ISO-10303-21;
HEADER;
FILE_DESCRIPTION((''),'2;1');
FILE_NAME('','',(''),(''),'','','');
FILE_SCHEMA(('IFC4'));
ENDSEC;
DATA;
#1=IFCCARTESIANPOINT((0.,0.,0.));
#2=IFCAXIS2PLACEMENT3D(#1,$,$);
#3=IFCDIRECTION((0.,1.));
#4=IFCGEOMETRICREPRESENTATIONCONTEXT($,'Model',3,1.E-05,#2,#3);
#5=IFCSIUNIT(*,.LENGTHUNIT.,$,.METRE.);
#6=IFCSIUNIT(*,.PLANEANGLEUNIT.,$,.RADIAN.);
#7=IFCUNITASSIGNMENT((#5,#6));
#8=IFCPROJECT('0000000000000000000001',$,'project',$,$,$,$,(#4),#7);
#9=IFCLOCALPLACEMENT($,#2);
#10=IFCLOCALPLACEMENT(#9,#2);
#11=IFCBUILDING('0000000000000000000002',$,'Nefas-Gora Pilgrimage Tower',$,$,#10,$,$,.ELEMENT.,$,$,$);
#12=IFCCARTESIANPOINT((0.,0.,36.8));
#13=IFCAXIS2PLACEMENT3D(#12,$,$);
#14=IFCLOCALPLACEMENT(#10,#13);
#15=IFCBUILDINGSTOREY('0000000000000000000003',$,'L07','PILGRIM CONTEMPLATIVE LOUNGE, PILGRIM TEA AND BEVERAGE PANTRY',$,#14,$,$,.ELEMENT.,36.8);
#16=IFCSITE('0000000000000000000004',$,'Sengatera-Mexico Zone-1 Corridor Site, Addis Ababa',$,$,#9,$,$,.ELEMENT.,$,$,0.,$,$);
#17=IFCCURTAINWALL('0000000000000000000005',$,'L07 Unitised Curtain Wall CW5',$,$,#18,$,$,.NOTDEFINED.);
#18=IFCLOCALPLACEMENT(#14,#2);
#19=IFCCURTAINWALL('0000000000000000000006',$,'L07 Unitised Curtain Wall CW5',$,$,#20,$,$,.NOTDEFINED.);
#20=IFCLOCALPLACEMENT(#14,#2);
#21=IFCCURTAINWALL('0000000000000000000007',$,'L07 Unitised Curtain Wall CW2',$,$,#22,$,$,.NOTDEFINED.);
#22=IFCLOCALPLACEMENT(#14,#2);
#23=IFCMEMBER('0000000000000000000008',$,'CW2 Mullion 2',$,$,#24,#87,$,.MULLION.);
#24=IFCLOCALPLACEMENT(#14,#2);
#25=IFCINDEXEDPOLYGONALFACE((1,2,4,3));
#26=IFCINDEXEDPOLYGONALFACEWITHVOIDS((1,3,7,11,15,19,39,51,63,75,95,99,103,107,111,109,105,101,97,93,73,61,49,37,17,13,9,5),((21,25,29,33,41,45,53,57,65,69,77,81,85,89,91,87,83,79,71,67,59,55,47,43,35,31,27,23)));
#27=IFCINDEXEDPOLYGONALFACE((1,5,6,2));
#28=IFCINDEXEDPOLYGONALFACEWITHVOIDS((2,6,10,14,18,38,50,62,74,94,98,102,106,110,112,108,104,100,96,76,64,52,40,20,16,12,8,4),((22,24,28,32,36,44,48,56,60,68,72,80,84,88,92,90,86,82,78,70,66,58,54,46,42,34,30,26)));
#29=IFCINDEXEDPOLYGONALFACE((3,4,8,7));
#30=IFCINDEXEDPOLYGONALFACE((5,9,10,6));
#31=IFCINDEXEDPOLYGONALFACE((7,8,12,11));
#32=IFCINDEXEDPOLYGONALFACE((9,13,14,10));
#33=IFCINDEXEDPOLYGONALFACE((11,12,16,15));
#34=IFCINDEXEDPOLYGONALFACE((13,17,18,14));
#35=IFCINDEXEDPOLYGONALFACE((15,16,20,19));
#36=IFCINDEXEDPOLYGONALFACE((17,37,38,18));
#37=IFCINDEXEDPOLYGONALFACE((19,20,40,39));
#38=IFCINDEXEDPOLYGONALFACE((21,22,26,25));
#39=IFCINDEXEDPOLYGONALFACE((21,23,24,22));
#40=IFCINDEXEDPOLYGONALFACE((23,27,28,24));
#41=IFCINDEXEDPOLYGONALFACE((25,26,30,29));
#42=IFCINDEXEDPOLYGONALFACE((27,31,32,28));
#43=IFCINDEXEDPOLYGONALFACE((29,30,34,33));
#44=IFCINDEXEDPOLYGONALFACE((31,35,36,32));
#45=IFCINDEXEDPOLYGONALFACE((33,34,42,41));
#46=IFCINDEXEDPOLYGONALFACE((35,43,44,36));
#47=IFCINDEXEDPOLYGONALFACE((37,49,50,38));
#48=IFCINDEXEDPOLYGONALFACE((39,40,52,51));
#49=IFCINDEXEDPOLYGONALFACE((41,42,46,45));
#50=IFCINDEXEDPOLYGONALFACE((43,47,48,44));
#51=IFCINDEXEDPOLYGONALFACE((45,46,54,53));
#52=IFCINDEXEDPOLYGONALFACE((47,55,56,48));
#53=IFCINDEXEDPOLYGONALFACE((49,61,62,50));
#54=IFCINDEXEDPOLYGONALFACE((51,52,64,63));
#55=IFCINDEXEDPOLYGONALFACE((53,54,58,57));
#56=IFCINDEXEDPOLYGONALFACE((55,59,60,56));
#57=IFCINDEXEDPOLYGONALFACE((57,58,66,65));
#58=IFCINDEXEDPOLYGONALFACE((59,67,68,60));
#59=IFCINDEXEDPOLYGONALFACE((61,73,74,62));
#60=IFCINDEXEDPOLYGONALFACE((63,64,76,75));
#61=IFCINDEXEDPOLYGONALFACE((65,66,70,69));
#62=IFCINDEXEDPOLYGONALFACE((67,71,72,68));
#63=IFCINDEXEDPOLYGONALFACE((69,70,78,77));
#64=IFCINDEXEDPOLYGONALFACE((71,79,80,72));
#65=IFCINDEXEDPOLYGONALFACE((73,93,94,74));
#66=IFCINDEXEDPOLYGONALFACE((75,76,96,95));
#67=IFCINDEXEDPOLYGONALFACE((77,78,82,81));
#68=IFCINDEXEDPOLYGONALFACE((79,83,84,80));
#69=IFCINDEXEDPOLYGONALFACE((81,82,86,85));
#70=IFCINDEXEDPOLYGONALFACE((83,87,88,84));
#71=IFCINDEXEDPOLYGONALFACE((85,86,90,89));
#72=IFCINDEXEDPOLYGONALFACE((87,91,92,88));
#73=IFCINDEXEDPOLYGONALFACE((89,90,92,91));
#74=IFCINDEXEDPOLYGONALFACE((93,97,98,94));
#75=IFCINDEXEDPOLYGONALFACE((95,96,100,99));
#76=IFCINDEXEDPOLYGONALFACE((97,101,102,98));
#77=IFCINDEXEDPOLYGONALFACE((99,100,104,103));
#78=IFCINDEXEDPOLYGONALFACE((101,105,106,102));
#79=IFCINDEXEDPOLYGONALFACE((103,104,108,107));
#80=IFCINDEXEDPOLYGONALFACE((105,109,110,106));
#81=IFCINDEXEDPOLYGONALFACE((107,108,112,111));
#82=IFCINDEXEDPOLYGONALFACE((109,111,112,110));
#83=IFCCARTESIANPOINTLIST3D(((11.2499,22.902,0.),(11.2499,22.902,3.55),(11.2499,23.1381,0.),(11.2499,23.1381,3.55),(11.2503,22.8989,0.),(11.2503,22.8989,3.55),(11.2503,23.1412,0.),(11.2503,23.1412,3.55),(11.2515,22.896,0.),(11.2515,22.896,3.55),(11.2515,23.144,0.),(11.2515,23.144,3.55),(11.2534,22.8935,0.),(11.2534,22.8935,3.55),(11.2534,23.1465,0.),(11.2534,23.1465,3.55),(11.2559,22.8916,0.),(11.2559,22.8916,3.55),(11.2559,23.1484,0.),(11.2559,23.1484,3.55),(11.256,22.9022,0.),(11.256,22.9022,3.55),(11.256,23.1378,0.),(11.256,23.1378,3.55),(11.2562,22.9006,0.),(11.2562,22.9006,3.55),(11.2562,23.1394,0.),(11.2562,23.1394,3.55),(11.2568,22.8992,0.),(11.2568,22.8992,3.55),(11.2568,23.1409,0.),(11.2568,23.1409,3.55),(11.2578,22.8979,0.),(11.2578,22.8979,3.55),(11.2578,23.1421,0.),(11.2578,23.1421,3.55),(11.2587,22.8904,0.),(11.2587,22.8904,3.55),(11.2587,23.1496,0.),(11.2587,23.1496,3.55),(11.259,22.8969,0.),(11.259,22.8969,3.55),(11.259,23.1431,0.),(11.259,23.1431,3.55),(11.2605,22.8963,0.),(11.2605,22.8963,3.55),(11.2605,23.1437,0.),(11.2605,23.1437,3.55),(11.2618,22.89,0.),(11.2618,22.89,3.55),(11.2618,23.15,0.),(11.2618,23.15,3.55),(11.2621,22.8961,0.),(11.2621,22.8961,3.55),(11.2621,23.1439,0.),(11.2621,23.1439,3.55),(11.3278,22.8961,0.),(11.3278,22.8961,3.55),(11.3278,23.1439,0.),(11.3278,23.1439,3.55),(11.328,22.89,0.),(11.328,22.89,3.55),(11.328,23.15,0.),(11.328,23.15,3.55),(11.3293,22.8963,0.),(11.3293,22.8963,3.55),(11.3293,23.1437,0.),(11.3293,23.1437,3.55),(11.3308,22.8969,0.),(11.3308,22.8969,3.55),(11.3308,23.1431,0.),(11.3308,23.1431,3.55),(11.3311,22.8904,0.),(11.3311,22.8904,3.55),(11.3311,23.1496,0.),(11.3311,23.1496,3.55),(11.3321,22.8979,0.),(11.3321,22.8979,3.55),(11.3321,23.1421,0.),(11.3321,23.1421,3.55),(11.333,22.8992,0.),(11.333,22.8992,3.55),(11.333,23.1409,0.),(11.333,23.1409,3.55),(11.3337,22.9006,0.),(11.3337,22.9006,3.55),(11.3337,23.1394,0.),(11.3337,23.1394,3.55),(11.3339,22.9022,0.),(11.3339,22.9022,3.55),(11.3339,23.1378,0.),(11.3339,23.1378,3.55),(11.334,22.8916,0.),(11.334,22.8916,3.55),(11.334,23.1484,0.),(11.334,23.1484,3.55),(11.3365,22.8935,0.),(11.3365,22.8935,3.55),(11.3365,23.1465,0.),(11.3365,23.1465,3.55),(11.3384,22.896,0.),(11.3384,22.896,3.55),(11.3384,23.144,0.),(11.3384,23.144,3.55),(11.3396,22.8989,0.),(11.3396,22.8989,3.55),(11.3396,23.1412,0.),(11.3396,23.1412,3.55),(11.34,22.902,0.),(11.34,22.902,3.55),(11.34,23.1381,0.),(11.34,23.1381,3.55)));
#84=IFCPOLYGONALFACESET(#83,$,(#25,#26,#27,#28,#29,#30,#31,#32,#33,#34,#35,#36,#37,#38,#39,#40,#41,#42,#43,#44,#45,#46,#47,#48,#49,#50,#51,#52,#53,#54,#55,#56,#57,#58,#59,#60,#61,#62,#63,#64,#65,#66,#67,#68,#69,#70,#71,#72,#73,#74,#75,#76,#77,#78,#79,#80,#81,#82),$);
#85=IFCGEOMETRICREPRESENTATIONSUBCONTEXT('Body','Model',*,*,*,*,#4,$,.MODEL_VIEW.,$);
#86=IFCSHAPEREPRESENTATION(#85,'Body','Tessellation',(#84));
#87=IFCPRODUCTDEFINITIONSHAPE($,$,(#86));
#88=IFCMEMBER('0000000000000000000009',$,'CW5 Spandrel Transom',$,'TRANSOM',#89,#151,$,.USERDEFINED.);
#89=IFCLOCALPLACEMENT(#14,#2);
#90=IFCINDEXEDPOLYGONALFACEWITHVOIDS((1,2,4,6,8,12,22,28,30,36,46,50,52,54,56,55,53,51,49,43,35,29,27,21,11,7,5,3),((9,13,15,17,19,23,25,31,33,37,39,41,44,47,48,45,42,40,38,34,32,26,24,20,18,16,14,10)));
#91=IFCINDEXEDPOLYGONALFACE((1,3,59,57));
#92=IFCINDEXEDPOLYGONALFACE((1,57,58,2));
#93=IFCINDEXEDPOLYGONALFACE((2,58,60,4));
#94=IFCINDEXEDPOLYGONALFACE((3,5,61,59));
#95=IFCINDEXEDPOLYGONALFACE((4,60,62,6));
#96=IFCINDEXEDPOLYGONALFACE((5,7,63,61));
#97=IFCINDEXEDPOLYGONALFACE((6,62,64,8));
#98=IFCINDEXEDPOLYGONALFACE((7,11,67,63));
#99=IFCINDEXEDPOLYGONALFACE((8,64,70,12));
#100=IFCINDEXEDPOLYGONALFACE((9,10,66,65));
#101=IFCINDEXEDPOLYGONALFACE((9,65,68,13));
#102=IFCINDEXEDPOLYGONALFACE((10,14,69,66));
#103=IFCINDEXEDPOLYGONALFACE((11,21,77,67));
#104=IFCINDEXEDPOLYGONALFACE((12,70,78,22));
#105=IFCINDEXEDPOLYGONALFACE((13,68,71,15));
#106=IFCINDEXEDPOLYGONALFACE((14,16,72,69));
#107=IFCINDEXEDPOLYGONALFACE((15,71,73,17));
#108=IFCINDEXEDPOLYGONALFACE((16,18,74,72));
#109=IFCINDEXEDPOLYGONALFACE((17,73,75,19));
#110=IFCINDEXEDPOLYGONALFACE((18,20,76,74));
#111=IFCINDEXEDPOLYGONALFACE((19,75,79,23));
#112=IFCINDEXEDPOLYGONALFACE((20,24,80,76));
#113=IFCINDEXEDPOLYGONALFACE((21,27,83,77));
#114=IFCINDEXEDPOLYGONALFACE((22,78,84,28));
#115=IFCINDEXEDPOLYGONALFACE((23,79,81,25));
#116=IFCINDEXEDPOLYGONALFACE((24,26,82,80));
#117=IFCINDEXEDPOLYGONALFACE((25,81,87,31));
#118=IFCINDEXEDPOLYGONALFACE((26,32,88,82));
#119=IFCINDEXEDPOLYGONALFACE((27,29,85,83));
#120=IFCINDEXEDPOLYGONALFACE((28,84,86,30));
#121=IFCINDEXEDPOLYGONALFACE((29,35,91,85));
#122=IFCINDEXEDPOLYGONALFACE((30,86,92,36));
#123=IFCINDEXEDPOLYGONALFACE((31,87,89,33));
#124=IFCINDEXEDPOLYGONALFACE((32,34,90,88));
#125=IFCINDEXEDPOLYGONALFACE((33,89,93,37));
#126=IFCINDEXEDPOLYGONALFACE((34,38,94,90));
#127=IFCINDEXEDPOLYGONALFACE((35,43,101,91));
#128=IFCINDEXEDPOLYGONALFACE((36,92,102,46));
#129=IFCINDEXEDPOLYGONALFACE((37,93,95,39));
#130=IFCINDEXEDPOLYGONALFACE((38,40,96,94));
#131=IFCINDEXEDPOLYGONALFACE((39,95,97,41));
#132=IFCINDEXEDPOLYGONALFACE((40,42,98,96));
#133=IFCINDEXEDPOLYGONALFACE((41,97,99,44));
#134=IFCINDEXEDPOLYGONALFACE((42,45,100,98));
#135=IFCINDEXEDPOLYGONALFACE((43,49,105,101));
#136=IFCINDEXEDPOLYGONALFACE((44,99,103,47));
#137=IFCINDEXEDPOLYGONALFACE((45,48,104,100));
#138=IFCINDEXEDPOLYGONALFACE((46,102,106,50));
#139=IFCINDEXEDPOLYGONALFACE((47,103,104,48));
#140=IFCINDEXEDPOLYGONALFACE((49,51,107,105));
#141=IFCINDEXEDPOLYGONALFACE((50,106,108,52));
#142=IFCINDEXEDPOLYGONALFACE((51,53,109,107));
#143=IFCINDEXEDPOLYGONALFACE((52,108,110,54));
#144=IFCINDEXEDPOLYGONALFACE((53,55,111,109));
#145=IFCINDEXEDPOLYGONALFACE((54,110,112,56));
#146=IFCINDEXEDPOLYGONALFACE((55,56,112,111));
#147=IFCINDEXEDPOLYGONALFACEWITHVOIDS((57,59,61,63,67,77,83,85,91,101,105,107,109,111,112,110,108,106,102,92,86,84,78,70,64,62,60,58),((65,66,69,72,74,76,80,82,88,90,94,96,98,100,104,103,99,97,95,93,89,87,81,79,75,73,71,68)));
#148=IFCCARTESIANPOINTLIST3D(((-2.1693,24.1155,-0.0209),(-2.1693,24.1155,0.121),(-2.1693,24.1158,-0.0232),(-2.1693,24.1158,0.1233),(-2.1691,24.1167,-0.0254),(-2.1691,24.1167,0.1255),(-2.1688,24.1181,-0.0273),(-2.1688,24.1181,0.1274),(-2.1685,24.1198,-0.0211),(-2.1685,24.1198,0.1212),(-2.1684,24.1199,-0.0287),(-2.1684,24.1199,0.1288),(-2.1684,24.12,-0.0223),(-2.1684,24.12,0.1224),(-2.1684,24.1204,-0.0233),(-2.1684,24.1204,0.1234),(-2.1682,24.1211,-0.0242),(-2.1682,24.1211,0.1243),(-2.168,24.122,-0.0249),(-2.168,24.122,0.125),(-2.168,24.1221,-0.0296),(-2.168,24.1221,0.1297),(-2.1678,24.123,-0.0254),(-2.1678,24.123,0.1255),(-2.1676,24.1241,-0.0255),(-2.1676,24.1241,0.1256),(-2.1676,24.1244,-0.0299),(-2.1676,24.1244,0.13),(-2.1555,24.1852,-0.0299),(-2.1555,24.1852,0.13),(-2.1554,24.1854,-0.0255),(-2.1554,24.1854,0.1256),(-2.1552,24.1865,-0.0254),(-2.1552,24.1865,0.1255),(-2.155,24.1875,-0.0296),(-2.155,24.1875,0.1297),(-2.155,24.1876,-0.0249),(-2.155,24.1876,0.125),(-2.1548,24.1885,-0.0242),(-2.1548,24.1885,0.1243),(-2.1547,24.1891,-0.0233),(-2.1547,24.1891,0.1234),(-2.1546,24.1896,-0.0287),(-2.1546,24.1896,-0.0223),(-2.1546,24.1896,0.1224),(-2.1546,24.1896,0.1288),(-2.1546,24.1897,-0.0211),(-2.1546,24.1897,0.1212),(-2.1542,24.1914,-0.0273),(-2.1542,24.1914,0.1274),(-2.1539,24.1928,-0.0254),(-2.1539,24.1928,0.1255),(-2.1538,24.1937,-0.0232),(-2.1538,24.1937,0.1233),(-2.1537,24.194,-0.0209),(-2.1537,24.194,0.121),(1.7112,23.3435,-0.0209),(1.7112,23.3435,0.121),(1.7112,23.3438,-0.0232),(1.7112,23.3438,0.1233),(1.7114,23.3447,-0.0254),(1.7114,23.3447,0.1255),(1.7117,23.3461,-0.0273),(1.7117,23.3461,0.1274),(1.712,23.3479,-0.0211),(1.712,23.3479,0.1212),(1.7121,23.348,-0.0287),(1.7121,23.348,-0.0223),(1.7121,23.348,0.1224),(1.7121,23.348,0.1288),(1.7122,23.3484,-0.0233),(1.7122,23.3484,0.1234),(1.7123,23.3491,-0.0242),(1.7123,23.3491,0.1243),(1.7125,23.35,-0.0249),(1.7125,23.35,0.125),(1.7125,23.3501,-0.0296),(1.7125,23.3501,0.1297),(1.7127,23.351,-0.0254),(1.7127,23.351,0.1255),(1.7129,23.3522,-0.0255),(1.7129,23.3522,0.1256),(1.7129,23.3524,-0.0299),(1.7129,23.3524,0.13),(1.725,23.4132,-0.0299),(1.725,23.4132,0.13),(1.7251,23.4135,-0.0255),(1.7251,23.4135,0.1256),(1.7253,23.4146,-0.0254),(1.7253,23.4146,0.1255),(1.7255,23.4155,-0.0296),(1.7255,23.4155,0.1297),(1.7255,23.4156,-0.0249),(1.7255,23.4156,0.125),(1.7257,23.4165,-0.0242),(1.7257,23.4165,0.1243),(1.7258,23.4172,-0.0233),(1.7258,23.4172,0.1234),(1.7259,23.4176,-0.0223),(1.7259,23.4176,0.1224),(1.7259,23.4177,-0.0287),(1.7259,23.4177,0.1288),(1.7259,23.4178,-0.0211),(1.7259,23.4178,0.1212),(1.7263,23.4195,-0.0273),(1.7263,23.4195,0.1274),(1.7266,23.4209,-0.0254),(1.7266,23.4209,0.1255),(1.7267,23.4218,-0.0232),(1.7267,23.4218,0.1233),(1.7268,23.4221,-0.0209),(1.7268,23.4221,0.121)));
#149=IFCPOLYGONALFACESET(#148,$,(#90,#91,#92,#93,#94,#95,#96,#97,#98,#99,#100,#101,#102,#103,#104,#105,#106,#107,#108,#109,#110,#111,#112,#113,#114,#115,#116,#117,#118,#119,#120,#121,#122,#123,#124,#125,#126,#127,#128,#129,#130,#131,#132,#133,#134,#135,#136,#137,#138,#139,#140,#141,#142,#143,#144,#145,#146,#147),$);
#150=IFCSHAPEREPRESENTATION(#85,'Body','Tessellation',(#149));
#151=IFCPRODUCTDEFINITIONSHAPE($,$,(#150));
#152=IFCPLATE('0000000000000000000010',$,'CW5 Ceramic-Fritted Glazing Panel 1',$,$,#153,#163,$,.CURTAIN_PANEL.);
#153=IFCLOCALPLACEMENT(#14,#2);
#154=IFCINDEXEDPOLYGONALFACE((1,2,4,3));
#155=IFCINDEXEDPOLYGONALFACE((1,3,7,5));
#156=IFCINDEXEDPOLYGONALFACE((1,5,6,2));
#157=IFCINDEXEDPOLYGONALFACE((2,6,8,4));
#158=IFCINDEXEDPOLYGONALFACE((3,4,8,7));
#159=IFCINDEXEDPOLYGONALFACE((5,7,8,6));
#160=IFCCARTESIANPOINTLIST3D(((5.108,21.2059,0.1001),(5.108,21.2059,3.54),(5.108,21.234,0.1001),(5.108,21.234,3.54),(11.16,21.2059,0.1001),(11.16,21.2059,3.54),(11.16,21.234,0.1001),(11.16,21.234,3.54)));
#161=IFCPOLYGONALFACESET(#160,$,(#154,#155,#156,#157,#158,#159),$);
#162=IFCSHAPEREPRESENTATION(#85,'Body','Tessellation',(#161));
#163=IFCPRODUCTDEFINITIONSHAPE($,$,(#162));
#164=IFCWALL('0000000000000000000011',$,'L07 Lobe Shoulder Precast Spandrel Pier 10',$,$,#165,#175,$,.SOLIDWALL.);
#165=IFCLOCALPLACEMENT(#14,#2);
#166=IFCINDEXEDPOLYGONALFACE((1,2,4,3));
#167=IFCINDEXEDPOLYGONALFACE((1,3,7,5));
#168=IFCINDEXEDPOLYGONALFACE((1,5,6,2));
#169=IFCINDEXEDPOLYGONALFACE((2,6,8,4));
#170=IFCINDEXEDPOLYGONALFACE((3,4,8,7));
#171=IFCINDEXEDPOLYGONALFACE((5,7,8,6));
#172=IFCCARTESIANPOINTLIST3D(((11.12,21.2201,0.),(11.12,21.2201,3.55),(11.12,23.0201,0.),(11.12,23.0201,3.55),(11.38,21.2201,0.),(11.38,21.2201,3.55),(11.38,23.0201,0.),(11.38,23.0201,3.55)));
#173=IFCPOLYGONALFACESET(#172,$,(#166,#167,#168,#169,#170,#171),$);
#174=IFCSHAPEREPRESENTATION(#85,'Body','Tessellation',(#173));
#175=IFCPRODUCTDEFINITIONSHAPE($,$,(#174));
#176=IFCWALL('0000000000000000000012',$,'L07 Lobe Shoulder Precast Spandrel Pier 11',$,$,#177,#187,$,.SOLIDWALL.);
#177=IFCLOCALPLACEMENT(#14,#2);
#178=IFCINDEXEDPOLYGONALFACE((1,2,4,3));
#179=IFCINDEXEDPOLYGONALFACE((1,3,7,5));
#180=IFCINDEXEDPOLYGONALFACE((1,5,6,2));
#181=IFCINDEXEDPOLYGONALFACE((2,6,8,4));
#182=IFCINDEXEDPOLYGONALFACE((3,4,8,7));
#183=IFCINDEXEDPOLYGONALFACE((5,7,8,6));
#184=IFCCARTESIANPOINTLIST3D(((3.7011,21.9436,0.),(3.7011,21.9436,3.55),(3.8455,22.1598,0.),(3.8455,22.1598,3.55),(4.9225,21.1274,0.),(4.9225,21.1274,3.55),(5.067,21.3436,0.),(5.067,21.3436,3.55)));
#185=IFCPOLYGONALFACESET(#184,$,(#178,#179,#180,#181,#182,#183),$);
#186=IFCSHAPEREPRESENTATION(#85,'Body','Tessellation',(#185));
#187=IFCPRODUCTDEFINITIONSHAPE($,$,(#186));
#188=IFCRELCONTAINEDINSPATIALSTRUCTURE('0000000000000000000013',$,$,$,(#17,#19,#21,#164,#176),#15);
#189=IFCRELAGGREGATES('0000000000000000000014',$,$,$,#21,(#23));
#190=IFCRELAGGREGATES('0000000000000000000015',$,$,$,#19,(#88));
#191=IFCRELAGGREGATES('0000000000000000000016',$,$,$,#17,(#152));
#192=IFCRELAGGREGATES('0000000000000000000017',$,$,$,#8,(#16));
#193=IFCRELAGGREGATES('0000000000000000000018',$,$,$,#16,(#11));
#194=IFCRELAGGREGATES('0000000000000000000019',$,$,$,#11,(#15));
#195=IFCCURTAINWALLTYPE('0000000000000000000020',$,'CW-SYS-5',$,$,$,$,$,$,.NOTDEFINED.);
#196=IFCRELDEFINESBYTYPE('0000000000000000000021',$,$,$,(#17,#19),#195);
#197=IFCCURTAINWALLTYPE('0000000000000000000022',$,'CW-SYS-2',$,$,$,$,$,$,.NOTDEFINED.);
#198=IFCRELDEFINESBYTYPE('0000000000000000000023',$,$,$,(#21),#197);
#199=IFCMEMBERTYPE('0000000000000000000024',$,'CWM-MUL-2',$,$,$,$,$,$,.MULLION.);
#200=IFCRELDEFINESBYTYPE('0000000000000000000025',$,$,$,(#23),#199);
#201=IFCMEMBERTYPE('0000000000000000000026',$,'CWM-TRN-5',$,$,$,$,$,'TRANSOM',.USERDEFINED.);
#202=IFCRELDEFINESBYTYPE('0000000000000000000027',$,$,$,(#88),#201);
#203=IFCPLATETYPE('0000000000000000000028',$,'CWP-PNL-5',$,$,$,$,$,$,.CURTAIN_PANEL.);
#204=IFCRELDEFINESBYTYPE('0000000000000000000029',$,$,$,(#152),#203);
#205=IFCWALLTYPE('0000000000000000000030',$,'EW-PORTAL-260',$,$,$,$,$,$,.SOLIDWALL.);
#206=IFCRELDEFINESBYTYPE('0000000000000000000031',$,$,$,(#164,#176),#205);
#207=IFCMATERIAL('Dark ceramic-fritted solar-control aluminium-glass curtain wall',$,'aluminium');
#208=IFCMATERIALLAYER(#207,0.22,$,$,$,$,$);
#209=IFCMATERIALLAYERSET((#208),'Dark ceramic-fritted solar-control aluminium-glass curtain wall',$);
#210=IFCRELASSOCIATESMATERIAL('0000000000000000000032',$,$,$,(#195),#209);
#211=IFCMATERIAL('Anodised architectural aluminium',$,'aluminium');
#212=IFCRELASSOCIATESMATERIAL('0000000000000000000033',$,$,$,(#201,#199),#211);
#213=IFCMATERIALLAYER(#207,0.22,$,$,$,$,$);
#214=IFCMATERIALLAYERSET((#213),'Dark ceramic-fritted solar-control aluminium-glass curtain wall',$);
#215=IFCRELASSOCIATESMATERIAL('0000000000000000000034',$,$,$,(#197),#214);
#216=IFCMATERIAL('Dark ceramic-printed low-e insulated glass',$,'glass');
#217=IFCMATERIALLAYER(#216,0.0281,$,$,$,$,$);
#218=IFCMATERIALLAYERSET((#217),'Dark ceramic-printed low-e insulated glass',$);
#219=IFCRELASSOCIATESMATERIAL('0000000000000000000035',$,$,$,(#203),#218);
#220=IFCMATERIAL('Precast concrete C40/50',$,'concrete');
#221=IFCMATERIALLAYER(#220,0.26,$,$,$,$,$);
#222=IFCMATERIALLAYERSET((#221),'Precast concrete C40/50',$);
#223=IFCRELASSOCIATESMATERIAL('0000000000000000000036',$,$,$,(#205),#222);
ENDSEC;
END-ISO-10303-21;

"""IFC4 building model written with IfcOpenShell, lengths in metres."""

from ifc_helpers import new_model, si_unit, direction, frame, frame_2d, origin, origin_2d, place, context, subcontext, project, spatial, rectangle, hollow_rectangle, extrude, source, transform, mapped, material, layer, layer_set, material_profile, profile_set, type_object, element, aggregate, save


model = new_model("IFC4")

# Units and contexts
model_context = context("Model", 3, precision=1e-05, world=origin(), true_north=direction((0.0, 1.0)))
body_context = subcontext(model_context, "Body", "Model", "MODEL_VIEW")
ifc_project = project(units=[si_unit("LENGTHUNIT", "METRE"), si_unit("PLANEANGLEUNIT", "RADIAN")], contexts=[model_context])

# Site, building, storey
site_placement = place(None, origin())
site = spatial("IfcSite", under=ifc_project, at=site_placement, Name="Sengatera-Mexico Zone-1 Corridor Site, Addis Ababa", CompositionType="ELEMENT", RefElevation=0.0)
building_placement = place(site_placement, origin())
building = spatial("IfcBuilding", under=site, at=building_placement, Name="Nefas-Gora Pilgrimage Tower", CompositionType="ELEMENT")
storey_placement = place(building_placement, frame((0.0, 0.0, 36.8)))
storey = spatial("IfcBuildingStorey", under=building, at=storey_placement, Name="L07", Description="PILGRIM CONTEMPLATIVE LOUNGE, PILGRIM TEA AND BEVERAGE PANTRY", CompositionType="ELEMENT", Elevation=36.8)

# Curtain wall
ifc_material_1 = material(Name="Dark ceramic-fritted solar-control aluminium-glass curtain wall", Category="aluminium")
ifc_layer_1 = layer(ifc_material_1, 0.22)
ifc_layer_set_1 = layer_set([ifc_layer_1], Name="Dark ceramic-fritted solar-control aluminium-glass curtain wall")
curtain_wall_type_1 = type_object("IfcCurtainWallType", Name="CW-SYS-5", PredefinedType="NOTDEFINED", material=ifc_layer_set_1)
curtain_wall_1_placement = place(storey_placement, origin())
curtain_wall_1 = element("IfcCurtainWall", 1, at=curtain_wall_1_placement, inside=storey, type_object=curtain_wall_type_1, Name="L07 Unitised Curtain Wall CW5", PredefinedType="NOTDEFINED")
ifc_material_2 = material(Name="Anodised architectural aluminium", Category="aluminium")

# Curtain wall
curtain_wall_2_placement = place(storey_placement, origin())
curtain_wall_2 = element("IfcCurtainWall", 2, at=curtain_wall_2_placement, inside=storey, type_object=curtain_wall_type_1, Name="L07 Unitised Curtain Wall CW5", PredefinedType="NOTDEFINED")

# Shared definitions
ifc_material_profile_1 = material_profile(ifc_material_2, hollow_rectangle(XDim=0.0801, YDim=0.1599, WallThickness=0.0044, InnerFilletRadius=0.0044, OuterFilletRadius=0.009, at=origin_2d()), Name="ALU TRANSOM 80x160")
ifc_profile_set_1 = profile_set([ifc_material_profile_1], Name="Anodised architectural aluminium")
member_type_1 = type_object("IfcMemberType", Name="CWM-TRN-5", ElementType="TRANSOM", PredefinedType="USERDEFINED", material=ifc_profile_set_1)

# Curtain wall, member
ifc_layer_2 = layer(ifc_material_1, 0.22)
ifc_layer_set_2 = layer_set([ifc_layer_2], Name="Dark ceramic-fritted solar-control aluminium-glass curtain wall")
curtain_wall_type_2 = type_object("IfcCurtainWallType", Name="CW-SYS-2", PredefinedType="NOTDEFINED", material=ifc_layer_set_2)
curtain_wall_3_placement = place(storey_placement, origin())
curtain_wall_3 = element("IfcCurtainWall", 3, at=curtain_wall_3_placement, inside=storey, type_object=curtain_wall_type_2, Name="L07 Unitised Curtain Wall CW2", PredefinedType="NOTDEFINED")
ifc_material_profile_2 = material_profile(ifc_material_2, hollow_rectangle(XDim=0.0901, YDim=0.26, WallThickness=0.0061, InnerFilletRadius=0.0061, OuterFilletRadius=0.012, at=origin_2d()), Name="ALU MULLION 90x260")
ifc_profile_set_2 = profile_set([ifc_material_profile_2], Name="Anodised architectural aluminium")
member_type_2 = type_object("IfcMemberType", Name="CWM-MUL-2", PredefinedType="MULLION", material=ifc_profile_set_2)
shared_shape_1 = source(origin(), body_context, "Body", "SweptSolid", [
    extrude(hollow_rectangle(XDim=0.0901, YDim=0.26, WallThickness=0.0061, InnerFilletRadius=0.0061, OuterFilletRadius=0.012, at=origin_2d()), origin(), (0.0, 0.0, 1.0), 3.55),
])
member_1_placement = place(storey_placement, frame((11.2949, 23.02, 0.0), z_axis=(0.0, 0.0, 1.0), x_axis=(-1.0, 0.0, 0.0)))
member_1 = element("IfcMember", 4, at=member_1_placement, type_object=member_type_2, Name="CW2 Mullion 2", PredefinedType="MULLION", context=body_context, shape_type="MappedRepresentation", body=[
    mapped(shared_shape_1, transform((0.0, 0.0, 0.0), x_axis=(1.0, 0.0, 0.0), y_axis=(0.0, 1.0, 0.0), z_axis=(0.0, 0.0, 1.0), scale=1.0)),
])
aggregate(curtain_wall_3, [member_1])

# Member
shared_shape_2 = source(origin(), body_context, "Body", "SweptSolid", [
    extrude(hollow_rectangle(XDim=0.0801, YDim=0.1599, WallThickness=0.0044, InnerFilletRadius=0.0044, OuterFilletRadius=0.009, at=origin_2d()), origin(), (0.0, 0.0, 1.0), 3.9565),
])
member_2_placement = place(storey_placement, frame((1.719, 23.3828, 0.05), z_axis=(-0.980782, 0.195107, 0.0), x_axis=(-0.195107, -0.980782, 0.0)))
member_2 = element("IfcMember", 5, at=member_2_placement, type_object=member_type_1, Name="CW5 Spandrel Transom", ObjectType="TRANSOM", PredefinedType="USERDEFINED", context=body_context, shape_type="MappedRepresentation", body=[
    mapped(shared_shape_2, transform((0.0, 0.0, 0.0), x_axis=(1.0, 0.0, 0.0), y_axis=(0.0, 1.0, 0.0), z_axis=(0.0, 0.0, 1.0), scale=1.0)),
])
aggregate(curtain_wall_2, [member_2])

# Plate
ifc_material_3 = material(Name="Dark ceramic-printed low-e insulated glass", Category="glass")
ifc_layer_3 = layer(ifc_material_3, 0.0281)
ifc_layer_set_3 = layer_set([ifc_layer_3], Name="Dark ceramic-printed low-e insulated glass")
plate_type = type_object("IfcPlateType", Name="CWP-PNL-5", PredefinedType="CURTAIN_PANEL", material=ifc_layer_set_3)
shared_shape_3 = source(origin(), body_context, "Body", "SweptSolid", [
    extrude(rectangle(XDim=6.052, YDim=0.0281, at=origin_2d()), origin(), (0.0, 0.0, 1.0), 3.4399),
])
plate_placement = place(storey_placement, frame((8.134, 21.22, 0.1001), z_axis=(0.0, 0.0, 1.0), x_axis=(-1.0, 0.0, 0.0)))
plate = element("IfcPlate", 6, at=plate_placement, type_object=plate_type, Name="CW5 Ceramic-Fritted Glazing Panel 1", PredefinedType="CURTAIN_PANEL", context=body_context, shape_type="MappedRepresentation", body=[
    mapped(shared_shape_3, transform((0.0, 0.0, 0.0), x_axis=(1.0, 0.0, 0.0), y_axis=(0.0, 1.0, 0.0), z_axis=(0.0, 0.0, 1.0), scale=1.0)),
])
aggregate(curtain_wall_1, [plate])

# Walls
ifc_material_4 = material(Name="Precast concrete C40/50", Category="concrete")
ifc_layer_4 = layer(ifc_material_4, 0.26)
ifc_layer_set_4 = layer_set([ifc_layer_4], Name="Precast concrete C40/50")
wall_type_1 = type_object("IfcWallType", Name="EW-PORTAL-260", PredefinedType="SOLIDWALL", material=ifc_layer_set_4)
shared_shape_4 = source(origin(), body_context, "Body", "SweptSolid", [
    extrude(rectangle(XDim=1.8, YDim=0.26, at=frame_2d((0.8999, 0.0))), origin(), (0.0, 0.0, 1.0), 3.55),
])
wall_1_placement = place(storey_placement, frame((11.25, 23.02, 0.0), z_axis=(0.0, 0.0, 1.0), x_axis=(0.0, -1.0, 0.0)))
element("IfcWall", 7, at=wall_1_placement, inside=storey, type_object=wall_type_1, Name="L07 Lobe Shoulder Precast Spandrel Pier 10", PredefinedType="SOLIDWALL", context=body_context, shape_type="MappedRepresentation", body=[
    mapped(shared_shape_4, transform((0.0, 0.0, 0.0), x_axis=(1.0, 0.0, 0.0), y_axis=(0.0, 1.0, 0.0), z_axis=(0.0, 0.0, 1.0), scale=1.0)),
])
shared_shape_5 = source(origin(), body_context, "Body", "SweptSolid", [
    extrude(rectangle(XDim=1.469, YDim=0.26, at=frame_2d((0.7344, 0.0))), origin(), (0.0, 0.0, 1.0), 3.55),
])
wall_2_placement = place(storey_placement, frame((4.9946, 21.2356, 0.0), z_axis=(0.0, 0.0, 1.0), x_axis=(-0.831462, 0.555582, 0.0)))
element("IfcWall", 8, at=wall_2_placement, inside=storey, type_object=wall_type_1, Name="L07 Lobe Shoulder Precast Spandrel Pier 11", PredefinedType="SOLIDWALL", context=body_context, shape_type="MappedRepresentation", body=[
    mapped(shared_shape_5, transform((0.0, 0.0, 0.0), x_axis=(1.0, 0.0, 0.0), y_axis=(0.0, 1.0, 0.0), z_axis=(0.0, 0.0, 1.0), scale=1.0)),
])

save(model, "model.ifc")
